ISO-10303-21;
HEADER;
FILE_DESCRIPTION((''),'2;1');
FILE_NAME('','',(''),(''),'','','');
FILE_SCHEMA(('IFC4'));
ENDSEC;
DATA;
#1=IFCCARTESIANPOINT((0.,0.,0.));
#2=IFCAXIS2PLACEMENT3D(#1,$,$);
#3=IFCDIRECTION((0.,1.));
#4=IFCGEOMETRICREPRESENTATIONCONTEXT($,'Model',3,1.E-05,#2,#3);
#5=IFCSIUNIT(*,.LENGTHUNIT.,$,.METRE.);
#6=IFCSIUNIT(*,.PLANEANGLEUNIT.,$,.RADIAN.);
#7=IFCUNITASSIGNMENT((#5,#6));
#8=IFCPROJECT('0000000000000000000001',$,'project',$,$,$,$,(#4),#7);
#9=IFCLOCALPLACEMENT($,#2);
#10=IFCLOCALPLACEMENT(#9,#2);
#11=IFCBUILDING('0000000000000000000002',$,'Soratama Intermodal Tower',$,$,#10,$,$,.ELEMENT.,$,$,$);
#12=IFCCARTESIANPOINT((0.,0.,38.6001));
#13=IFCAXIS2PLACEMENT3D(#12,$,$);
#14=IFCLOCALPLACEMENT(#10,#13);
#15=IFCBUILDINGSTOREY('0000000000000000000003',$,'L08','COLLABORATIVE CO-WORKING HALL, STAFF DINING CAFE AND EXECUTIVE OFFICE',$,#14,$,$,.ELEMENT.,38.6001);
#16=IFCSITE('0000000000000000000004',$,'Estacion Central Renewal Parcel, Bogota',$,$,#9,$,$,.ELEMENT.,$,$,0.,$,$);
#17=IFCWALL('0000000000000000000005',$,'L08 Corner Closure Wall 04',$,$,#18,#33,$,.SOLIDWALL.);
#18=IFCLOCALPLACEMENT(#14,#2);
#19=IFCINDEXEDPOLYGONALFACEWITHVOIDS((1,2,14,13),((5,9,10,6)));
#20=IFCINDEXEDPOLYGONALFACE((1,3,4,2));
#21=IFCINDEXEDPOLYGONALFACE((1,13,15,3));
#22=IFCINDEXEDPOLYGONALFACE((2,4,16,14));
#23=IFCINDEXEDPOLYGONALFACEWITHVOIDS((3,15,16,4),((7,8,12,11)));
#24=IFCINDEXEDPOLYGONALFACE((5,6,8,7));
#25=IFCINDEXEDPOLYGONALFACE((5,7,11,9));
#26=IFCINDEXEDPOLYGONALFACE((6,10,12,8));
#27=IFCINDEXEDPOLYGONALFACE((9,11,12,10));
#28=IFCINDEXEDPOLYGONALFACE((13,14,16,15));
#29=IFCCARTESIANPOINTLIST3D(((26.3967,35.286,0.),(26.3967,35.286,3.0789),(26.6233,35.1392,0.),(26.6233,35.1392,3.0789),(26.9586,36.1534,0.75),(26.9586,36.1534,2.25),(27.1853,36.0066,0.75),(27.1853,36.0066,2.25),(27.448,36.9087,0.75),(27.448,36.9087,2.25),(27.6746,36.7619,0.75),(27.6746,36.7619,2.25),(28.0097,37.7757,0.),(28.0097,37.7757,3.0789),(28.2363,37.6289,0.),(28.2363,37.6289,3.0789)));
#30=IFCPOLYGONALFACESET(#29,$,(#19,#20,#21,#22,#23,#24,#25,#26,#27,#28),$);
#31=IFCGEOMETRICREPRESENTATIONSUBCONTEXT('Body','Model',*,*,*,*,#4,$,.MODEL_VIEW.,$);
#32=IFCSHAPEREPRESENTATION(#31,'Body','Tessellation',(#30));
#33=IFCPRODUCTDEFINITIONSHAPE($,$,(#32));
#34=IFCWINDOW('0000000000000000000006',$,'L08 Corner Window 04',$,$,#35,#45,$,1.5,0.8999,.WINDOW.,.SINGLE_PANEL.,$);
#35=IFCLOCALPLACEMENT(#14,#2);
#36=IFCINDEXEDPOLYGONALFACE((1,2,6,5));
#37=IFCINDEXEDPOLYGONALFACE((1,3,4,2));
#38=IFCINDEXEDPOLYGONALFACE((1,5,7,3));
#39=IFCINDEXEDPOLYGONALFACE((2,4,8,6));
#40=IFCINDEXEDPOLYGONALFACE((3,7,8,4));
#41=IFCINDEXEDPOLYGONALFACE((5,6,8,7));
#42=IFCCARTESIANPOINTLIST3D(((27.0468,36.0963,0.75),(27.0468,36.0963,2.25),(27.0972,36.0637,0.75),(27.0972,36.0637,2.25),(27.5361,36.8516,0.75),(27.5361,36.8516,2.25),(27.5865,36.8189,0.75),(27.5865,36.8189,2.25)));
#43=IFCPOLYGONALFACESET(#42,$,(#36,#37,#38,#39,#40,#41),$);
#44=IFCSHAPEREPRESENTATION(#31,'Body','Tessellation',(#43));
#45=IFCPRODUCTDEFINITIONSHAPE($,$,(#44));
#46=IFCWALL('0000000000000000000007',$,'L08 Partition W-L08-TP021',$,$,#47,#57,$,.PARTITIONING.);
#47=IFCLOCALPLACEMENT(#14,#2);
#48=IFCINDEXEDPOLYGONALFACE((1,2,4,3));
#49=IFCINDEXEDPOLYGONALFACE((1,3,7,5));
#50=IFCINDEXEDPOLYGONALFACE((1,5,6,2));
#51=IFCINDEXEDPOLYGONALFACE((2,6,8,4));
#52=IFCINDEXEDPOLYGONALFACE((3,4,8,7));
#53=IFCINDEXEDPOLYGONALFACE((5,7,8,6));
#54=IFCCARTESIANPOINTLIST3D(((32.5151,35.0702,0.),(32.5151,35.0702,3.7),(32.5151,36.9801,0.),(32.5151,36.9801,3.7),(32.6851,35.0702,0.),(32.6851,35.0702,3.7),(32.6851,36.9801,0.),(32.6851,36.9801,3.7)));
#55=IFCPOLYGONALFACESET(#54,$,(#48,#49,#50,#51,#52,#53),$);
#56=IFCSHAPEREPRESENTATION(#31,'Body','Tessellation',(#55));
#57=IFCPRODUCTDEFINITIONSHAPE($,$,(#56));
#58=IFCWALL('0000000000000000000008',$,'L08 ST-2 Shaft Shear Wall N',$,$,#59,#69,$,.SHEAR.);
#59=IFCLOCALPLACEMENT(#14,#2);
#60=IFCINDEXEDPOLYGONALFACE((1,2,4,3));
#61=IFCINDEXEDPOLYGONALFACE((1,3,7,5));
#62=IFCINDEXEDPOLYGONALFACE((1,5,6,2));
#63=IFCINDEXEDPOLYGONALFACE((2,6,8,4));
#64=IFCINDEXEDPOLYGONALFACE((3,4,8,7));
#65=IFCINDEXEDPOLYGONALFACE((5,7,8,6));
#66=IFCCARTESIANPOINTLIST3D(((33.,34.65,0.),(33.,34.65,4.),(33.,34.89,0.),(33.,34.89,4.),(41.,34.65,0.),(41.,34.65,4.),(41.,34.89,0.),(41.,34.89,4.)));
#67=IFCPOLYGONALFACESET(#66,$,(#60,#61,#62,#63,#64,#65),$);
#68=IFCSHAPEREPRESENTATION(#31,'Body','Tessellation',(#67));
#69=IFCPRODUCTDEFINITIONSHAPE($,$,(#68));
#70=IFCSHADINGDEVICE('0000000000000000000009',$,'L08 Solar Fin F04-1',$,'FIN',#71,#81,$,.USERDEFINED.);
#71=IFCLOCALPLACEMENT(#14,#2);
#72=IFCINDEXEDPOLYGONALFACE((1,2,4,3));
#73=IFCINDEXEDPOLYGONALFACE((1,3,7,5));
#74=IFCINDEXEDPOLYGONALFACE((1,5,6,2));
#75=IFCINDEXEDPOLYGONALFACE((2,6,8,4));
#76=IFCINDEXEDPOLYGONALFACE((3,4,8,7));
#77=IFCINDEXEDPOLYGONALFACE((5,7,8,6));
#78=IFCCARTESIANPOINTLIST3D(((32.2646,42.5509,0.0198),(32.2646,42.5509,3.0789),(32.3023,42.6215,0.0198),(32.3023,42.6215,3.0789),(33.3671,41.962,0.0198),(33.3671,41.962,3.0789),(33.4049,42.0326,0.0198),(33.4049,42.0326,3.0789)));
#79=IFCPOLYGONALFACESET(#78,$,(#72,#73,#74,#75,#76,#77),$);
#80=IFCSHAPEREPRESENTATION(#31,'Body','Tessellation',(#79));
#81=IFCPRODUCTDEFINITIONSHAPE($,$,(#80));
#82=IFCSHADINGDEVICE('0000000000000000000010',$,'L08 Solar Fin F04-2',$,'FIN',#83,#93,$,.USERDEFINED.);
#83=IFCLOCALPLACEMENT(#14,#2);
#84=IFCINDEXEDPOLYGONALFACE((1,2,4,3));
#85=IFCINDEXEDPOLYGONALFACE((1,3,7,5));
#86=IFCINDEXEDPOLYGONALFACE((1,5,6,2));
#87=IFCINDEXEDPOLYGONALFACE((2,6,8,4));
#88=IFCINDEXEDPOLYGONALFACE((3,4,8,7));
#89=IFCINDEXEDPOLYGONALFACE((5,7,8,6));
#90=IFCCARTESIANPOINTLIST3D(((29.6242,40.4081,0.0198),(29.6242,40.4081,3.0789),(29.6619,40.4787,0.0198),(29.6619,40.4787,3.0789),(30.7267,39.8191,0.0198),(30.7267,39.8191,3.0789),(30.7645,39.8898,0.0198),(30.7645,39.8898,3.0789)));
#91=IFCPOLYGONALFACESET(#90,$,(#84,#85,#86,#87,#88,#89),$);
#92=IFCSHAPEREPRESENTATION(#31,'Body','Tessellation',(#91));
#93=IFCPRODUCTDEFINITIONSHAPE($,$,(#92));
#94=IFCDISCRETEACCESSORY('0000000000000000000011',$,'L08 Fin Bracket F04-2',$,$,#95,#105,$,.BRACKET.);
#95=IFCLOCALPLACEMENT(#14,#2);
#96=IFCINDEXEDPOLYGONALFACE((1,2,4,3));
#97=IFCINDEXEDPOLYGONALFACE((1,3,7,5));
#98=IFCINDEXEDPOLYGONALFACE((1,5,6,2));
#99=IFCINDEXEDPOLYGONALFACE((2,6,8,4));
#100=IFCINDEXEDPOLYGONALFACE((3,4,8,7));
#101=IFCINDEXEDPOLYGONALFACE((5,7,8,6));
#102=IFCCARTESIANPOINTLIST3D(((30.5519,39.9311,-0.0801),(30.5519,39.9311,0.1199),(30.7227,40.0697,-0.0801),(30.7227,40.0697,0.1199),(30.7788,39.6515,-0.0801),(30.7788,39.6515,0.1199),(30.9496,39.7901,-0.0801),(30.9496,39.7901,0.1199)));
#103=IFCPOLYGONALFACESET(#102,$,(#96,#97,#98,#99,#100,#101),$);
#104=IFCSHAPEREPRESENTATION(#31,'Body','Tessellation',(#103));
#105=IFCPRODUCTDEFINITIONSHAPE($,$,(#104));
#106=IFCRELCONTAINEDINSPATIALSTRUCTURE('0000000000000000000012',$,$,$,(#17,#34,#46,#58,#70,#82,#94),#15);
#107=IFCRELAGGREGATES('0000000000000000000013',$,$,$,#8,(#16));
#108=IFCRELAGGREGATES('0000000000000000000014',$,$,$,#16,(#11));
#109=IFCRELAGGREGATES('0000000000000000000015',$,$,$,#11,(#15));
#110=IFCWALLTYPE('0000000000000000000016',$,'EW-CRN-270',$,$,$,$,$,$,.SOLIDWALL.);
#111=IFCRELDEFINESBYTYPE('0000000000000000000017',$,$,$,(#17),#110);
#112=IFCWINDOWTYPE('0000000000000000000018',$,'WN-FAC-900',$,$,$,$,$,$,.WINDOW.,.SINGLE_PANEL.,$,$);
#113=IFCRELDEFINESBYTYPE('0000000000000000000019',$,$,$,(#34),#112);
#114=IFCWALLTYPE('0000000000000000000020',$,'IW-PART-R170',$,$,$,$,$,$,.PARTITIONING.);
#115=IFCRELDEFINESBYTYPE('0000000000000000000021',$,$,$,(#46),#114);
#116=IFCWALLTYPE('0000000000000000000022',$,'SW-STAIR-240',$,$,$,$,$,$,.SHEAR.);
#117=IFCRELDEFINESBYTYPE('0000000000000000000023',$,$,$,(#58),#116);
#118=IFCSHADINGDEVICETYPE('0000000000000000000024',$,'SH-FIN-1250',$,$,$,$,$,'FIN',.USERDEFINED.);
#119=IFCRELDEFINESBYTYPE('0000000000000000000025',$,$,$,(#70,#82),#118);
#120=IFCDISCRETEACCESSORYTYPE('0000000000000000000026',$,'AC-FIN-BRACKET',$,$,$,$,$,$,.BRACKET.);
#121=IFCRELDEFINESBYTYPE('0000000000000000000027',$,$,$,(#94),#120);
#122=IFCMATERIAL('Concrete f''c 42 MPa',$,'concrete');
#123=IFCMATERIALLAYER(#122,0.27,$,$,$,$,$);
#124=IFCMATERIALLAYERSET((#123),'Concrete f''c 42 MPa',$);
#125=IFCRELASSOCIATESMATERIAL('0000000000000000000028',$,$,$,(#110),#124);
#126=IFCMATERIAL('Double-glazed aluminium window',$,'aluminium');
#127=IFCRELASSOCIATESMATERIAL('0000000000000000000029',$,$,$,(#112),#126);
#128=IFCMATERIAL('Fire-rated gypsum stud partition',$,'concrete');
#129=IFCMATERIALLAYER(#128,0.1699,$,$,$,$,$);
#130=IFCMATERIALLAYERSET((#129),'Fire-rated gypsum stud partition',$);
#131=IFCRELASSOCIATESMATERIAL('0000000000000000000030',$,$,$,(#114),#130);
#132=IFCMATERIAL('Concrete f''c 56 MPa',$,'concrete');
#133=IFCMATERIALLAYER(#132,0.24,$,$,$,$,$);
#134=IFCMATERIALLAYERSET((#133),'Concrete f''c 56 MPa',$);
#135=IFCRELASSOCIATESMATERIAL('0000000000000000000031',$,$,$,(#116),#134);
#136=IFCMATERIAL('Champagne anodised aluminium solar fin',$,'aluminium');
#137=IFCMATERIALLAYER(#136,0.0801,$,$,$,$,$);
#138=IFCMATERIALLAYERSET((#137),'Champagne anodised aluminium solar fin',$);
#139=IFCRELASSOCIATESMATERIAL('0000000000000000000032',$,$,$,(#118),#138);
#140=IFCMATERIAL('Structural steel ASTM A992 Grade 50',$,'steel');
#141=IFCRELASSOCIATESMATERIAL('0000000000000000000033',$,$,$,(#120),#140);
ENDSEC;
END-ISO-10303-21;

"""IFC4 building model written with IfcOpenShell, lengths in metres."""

from ifc_helpers import new_model, si_unit, direction, frame, frame_2d, origin, origin_2d, place, context, subcontext, project, spatial, rectangle, extrude, material, layer, layer_set, type_object, element, fill, save


model = new_model("IFC4")

# Units and contexts
model_context = context("Model", 3, precision=1e-05, world=origin(), true_north=direction((0.0, 1.0)))
body_context = subcontext(model_context, "Body", "Model", "MODEL_VIEW")
ifc_project = project(units=[si_unit("LENGTHUNIT", "METRE"), si_unit("PLANEANGLEUNIT", "RADIAN")], contexts=[model_context])

# Site, building, storey
site_placement = place(None, origin())
site = spatial("IfcSite", under=ifc_project, at=site_placement, Name="Estacion Central Renewal Parcel, Bogota", CompositionType="ELEMENT", RefElevation=0.0)
building_placement = place(site_placement, origin())
building = spatial("IfcBuilding", under=site, at=building_placement, Name="Soratama Intermodal Tower", CompositionType="ELEMENT")
storey_placement = place(building_placement, frame((0.0, 0.0, 38.6001)))
storey = spatial("IfcBuildingStorey", under=building, at=storey_placement, Name="L08", Description="COLLABORATIVE CO-WORKING HALL, STAFF DINING CAFE AND EXECUTIVE OFFICE", CompositionType="ELEMENT", Elevation=38.6001)

# Wall, opening, window
ifc_material_1 = material(Name="Concrete f'c 42 MPa", Category="concrete")
ifc_layer_1 = layer(ifc_material_1, 0.27)
ifc_layer_set_1 = layer_set([ifc_layer_1], Name="Concrete f'c 42 MPa")
wall_type_1 = type_object("IfcWallType", Name="EW-CRN-270", PredefinedType="SOLIDWALL", material=ifc_layer_set_1)
wall_1_placement = place(storey_placement, frame((28.123, 37.7024, 0.0), z_axis=(0.0, 0.0, 1.0), x_axis=(-0.543732, -0.839259, 0.0)))
wall_1 = element("IfcWall", 1, at=wall_1_placement, inside=storey, type_object=wall_type_1, Name="L08 Corner Closure Wall 04", PredefinedType="SOLIDWALL", context=body_context, shape_type="SweptSolid", body=[
    extrude(rectangle(XDim=2.9666, YDim=0.27, at=frame_2d((1.4834, 0.0))), origin(), (0.0, 0.0, 1.0), 3.0789),
])
opening_1_placement = place(wall_1_placement, frame((1.0332, 0.0, 0.75)))
opening_1 = element("IfcOpeningElement", 2, at=opening_1_placement, cuts=wall_1, PredefinedType="OPENING", context=body_context, shape_type="SweptSolid", body=[
    extrude(rectangle(XDim=0.8999, YDim=1.5, at=frame_2d((0.45, 0.75))), frame((0.0, 0.145, 0.0), z_axis=(0.0, -1.0, 0.0), x_axis=(1.0, 0.0, 0.0)), (0.0, 0.0, 1.0), 0.29),
])
ifc_material_2 = material(Name="Double-glazed aluminium window", Category="aluminium")
window_type_1 = type_object("IfcWindowType", Name="WN-FAC-900", PartitioningType="SINGLE_PANEL", PredefinedType="WINDOW", material=ifc_material_2)
window_1_placement = place(opening_1_placement, origin())
window_1 = element("IfcWindow", 3, at=window_1_placement, inside=storey, type_object=window_type_1, Name="L08 Corner Window 04", OverallHeight=1.5, OverallWidth=0.8999, PartitioningType="SINGLE_PANEL", PredefinedType="WINDOW", context=body_context, shape_type="SweptSolid", body=[
    extrude(rectangle(XDim=0.8999, YDim=1.5, at=frame_2d((0.45, 0.75))), frame((0.0, 0.03, 0.0), z_axis=(0.0, -1.0, 0.0), x_axis=(1.0, 0.0, 0.0)), (0.0, 0.0, 1.0), 0.0601),
])
fill(opening_1, window_1)

# Shared definitions
ifc_material_3 = material(Name="Fire-rated gypsum stud partition", Category="concrete")
ifc_layer_2 = layer(ifc_material_3, 0.1699)
ifc_layer_set_2 = layer_set([ifc_layer_2], Name="Fire-rated gypsum stud partition")
wall_type_2 = type_object("IfcWallType", Name="IW-PART-R170", PredefinedType="PARTITIONING", material=ifc_layer_set_2)

# Walls
wall_2_placement = place(storey_placement, frame((32.6001, 35.0701, 0.0), z_axis=(0.0, 0.0, 1.0), x_axis=(0.0, 1.0, 0.0)))
element("IfcWall", 4, at=wall_2_placement, inside=storey, type_object=wall_type_2, Name="L08 Partition W-L08-TP021", PredefinedType="PARTITIONING", context=body_context, shape_type="SweptSolid", body=[
    extrude(rectangle(XDim=1.9099, YDim=0.1699, at=frame_2d((0.9551, 0.0))), origin(), (0.0, 0.0, 1.0), 3.7),
])
ifc_material_4 = material(Name="Concrete f'c 56 MPa", Category="concrete")
ifc_layer_3 = layer(ifc_material_4, 0.24)
ifc_layer_set_3 = layer_set([ifc_layer_3], Name="Concrete f'c 56 MPa")
wall_type_3 = type_object("IfcWallType", Name="SW-STAIR-240", PredefinedType="SHEAR", material=ifc_layer_set_3)
wall_3_placement = place(storey_placement, frame((33.0, 34.77, 0.0), z_axis=(0.0, 0.0, 1.0), x_axis=(1.0, 0.0, 0.0)))
element("IfcWall", 5, at=wall_3_placement, inside=storey, type_object=wall_type_3, Name="L08 ST-2 Shaft Shear Wall N", PredefinedType="SHEAR", context=body_context, shape_type="SweptSolid", body=[
    extrude(rectangle(XDim=8.0, YDim=0.24, at=frame_2d((4.0, 0.0))), origin(), (0.0, 0.0, 1.0), 4.0),
])

# Shading devices
ifc_material_5 = material(Name="Champagne anodised aluminium solar fin", Category="aluminium")
ifc_layer_4 = layer(ifc_material_5, 0.0801)
ifc_layer_set_4 = layer_set([ifc_layer_4], Name="Champagne anodised aluminium solar fin")
shading_device_type = type_object("IfcShadingDeviceType", Name="SH-FIN-1250", ElementType="FIN", PredefinedType="USERDEFINED", material=ifc_layer_set_4)
for number, where, z_axis, x_axis, name in (
    (6, (32.8347, 42.2917, 0.0198), (0.0, 0.0, 1.0), (-0.882045, 0.471166, 0.0), "L08 Solar Fin F04-1"),
    (7, (30.1943, 40.1489, 0.0198), (0.0, 0.0, 1.0), (-0.882045, 0.471166, 0.0), "L08 Solar Fin F04-2"),
):
    element("IfcShadingDevice", number, at=place(storey_placement, frame(where, z_axis=z_axis, x_axis=x_axis)), inside=storey, type_object=shading_device_type, Name=name, ObjectType="FIN", PredefinedType="USERDEFINED", context=body_context, shape_type="SweptSolid", body=[
        extrude(rectangle(XDim=1.25, YDim=0.0801, at=origin_2d()), origin(), (0.0, 0.0, 1.0), 3.0591),
    ])

# Discrete accessory
ifc_material_6 = material(Name="Structural steel ASTM A992 Grade 50", Category="steel")
discrete_accessory_type = type_object("IfcDiscreteAccessoryType", Name="AC-FIN-BRACKET", PredefinedType="BRACKET", material=ifc_material_6)
discrete_accessory_placement = place(storey_placement, frame((30.7507, 39.8606, -0.0801), z_axis=(0.0, 0.0, 1.0), x_axis=(-0.630134, 0.776487, 0.0)))
element("IfcDiscreteAccessory", 8, at=discrete_accessory_placement, inside=storey, type_object=discrete_accessory_type, Name="L08 Fin Bracket F04-2", PredefinedType="BRACKET", context=body_context, shape_type="SweptSolid", body=[
    extrude(rectangle(XDim=0.3601, YDim=0.22, at=origin_2d()), origin(), (0.0, 0.0, 1.0), 0.2),
])

save(model, "model.ifc")
